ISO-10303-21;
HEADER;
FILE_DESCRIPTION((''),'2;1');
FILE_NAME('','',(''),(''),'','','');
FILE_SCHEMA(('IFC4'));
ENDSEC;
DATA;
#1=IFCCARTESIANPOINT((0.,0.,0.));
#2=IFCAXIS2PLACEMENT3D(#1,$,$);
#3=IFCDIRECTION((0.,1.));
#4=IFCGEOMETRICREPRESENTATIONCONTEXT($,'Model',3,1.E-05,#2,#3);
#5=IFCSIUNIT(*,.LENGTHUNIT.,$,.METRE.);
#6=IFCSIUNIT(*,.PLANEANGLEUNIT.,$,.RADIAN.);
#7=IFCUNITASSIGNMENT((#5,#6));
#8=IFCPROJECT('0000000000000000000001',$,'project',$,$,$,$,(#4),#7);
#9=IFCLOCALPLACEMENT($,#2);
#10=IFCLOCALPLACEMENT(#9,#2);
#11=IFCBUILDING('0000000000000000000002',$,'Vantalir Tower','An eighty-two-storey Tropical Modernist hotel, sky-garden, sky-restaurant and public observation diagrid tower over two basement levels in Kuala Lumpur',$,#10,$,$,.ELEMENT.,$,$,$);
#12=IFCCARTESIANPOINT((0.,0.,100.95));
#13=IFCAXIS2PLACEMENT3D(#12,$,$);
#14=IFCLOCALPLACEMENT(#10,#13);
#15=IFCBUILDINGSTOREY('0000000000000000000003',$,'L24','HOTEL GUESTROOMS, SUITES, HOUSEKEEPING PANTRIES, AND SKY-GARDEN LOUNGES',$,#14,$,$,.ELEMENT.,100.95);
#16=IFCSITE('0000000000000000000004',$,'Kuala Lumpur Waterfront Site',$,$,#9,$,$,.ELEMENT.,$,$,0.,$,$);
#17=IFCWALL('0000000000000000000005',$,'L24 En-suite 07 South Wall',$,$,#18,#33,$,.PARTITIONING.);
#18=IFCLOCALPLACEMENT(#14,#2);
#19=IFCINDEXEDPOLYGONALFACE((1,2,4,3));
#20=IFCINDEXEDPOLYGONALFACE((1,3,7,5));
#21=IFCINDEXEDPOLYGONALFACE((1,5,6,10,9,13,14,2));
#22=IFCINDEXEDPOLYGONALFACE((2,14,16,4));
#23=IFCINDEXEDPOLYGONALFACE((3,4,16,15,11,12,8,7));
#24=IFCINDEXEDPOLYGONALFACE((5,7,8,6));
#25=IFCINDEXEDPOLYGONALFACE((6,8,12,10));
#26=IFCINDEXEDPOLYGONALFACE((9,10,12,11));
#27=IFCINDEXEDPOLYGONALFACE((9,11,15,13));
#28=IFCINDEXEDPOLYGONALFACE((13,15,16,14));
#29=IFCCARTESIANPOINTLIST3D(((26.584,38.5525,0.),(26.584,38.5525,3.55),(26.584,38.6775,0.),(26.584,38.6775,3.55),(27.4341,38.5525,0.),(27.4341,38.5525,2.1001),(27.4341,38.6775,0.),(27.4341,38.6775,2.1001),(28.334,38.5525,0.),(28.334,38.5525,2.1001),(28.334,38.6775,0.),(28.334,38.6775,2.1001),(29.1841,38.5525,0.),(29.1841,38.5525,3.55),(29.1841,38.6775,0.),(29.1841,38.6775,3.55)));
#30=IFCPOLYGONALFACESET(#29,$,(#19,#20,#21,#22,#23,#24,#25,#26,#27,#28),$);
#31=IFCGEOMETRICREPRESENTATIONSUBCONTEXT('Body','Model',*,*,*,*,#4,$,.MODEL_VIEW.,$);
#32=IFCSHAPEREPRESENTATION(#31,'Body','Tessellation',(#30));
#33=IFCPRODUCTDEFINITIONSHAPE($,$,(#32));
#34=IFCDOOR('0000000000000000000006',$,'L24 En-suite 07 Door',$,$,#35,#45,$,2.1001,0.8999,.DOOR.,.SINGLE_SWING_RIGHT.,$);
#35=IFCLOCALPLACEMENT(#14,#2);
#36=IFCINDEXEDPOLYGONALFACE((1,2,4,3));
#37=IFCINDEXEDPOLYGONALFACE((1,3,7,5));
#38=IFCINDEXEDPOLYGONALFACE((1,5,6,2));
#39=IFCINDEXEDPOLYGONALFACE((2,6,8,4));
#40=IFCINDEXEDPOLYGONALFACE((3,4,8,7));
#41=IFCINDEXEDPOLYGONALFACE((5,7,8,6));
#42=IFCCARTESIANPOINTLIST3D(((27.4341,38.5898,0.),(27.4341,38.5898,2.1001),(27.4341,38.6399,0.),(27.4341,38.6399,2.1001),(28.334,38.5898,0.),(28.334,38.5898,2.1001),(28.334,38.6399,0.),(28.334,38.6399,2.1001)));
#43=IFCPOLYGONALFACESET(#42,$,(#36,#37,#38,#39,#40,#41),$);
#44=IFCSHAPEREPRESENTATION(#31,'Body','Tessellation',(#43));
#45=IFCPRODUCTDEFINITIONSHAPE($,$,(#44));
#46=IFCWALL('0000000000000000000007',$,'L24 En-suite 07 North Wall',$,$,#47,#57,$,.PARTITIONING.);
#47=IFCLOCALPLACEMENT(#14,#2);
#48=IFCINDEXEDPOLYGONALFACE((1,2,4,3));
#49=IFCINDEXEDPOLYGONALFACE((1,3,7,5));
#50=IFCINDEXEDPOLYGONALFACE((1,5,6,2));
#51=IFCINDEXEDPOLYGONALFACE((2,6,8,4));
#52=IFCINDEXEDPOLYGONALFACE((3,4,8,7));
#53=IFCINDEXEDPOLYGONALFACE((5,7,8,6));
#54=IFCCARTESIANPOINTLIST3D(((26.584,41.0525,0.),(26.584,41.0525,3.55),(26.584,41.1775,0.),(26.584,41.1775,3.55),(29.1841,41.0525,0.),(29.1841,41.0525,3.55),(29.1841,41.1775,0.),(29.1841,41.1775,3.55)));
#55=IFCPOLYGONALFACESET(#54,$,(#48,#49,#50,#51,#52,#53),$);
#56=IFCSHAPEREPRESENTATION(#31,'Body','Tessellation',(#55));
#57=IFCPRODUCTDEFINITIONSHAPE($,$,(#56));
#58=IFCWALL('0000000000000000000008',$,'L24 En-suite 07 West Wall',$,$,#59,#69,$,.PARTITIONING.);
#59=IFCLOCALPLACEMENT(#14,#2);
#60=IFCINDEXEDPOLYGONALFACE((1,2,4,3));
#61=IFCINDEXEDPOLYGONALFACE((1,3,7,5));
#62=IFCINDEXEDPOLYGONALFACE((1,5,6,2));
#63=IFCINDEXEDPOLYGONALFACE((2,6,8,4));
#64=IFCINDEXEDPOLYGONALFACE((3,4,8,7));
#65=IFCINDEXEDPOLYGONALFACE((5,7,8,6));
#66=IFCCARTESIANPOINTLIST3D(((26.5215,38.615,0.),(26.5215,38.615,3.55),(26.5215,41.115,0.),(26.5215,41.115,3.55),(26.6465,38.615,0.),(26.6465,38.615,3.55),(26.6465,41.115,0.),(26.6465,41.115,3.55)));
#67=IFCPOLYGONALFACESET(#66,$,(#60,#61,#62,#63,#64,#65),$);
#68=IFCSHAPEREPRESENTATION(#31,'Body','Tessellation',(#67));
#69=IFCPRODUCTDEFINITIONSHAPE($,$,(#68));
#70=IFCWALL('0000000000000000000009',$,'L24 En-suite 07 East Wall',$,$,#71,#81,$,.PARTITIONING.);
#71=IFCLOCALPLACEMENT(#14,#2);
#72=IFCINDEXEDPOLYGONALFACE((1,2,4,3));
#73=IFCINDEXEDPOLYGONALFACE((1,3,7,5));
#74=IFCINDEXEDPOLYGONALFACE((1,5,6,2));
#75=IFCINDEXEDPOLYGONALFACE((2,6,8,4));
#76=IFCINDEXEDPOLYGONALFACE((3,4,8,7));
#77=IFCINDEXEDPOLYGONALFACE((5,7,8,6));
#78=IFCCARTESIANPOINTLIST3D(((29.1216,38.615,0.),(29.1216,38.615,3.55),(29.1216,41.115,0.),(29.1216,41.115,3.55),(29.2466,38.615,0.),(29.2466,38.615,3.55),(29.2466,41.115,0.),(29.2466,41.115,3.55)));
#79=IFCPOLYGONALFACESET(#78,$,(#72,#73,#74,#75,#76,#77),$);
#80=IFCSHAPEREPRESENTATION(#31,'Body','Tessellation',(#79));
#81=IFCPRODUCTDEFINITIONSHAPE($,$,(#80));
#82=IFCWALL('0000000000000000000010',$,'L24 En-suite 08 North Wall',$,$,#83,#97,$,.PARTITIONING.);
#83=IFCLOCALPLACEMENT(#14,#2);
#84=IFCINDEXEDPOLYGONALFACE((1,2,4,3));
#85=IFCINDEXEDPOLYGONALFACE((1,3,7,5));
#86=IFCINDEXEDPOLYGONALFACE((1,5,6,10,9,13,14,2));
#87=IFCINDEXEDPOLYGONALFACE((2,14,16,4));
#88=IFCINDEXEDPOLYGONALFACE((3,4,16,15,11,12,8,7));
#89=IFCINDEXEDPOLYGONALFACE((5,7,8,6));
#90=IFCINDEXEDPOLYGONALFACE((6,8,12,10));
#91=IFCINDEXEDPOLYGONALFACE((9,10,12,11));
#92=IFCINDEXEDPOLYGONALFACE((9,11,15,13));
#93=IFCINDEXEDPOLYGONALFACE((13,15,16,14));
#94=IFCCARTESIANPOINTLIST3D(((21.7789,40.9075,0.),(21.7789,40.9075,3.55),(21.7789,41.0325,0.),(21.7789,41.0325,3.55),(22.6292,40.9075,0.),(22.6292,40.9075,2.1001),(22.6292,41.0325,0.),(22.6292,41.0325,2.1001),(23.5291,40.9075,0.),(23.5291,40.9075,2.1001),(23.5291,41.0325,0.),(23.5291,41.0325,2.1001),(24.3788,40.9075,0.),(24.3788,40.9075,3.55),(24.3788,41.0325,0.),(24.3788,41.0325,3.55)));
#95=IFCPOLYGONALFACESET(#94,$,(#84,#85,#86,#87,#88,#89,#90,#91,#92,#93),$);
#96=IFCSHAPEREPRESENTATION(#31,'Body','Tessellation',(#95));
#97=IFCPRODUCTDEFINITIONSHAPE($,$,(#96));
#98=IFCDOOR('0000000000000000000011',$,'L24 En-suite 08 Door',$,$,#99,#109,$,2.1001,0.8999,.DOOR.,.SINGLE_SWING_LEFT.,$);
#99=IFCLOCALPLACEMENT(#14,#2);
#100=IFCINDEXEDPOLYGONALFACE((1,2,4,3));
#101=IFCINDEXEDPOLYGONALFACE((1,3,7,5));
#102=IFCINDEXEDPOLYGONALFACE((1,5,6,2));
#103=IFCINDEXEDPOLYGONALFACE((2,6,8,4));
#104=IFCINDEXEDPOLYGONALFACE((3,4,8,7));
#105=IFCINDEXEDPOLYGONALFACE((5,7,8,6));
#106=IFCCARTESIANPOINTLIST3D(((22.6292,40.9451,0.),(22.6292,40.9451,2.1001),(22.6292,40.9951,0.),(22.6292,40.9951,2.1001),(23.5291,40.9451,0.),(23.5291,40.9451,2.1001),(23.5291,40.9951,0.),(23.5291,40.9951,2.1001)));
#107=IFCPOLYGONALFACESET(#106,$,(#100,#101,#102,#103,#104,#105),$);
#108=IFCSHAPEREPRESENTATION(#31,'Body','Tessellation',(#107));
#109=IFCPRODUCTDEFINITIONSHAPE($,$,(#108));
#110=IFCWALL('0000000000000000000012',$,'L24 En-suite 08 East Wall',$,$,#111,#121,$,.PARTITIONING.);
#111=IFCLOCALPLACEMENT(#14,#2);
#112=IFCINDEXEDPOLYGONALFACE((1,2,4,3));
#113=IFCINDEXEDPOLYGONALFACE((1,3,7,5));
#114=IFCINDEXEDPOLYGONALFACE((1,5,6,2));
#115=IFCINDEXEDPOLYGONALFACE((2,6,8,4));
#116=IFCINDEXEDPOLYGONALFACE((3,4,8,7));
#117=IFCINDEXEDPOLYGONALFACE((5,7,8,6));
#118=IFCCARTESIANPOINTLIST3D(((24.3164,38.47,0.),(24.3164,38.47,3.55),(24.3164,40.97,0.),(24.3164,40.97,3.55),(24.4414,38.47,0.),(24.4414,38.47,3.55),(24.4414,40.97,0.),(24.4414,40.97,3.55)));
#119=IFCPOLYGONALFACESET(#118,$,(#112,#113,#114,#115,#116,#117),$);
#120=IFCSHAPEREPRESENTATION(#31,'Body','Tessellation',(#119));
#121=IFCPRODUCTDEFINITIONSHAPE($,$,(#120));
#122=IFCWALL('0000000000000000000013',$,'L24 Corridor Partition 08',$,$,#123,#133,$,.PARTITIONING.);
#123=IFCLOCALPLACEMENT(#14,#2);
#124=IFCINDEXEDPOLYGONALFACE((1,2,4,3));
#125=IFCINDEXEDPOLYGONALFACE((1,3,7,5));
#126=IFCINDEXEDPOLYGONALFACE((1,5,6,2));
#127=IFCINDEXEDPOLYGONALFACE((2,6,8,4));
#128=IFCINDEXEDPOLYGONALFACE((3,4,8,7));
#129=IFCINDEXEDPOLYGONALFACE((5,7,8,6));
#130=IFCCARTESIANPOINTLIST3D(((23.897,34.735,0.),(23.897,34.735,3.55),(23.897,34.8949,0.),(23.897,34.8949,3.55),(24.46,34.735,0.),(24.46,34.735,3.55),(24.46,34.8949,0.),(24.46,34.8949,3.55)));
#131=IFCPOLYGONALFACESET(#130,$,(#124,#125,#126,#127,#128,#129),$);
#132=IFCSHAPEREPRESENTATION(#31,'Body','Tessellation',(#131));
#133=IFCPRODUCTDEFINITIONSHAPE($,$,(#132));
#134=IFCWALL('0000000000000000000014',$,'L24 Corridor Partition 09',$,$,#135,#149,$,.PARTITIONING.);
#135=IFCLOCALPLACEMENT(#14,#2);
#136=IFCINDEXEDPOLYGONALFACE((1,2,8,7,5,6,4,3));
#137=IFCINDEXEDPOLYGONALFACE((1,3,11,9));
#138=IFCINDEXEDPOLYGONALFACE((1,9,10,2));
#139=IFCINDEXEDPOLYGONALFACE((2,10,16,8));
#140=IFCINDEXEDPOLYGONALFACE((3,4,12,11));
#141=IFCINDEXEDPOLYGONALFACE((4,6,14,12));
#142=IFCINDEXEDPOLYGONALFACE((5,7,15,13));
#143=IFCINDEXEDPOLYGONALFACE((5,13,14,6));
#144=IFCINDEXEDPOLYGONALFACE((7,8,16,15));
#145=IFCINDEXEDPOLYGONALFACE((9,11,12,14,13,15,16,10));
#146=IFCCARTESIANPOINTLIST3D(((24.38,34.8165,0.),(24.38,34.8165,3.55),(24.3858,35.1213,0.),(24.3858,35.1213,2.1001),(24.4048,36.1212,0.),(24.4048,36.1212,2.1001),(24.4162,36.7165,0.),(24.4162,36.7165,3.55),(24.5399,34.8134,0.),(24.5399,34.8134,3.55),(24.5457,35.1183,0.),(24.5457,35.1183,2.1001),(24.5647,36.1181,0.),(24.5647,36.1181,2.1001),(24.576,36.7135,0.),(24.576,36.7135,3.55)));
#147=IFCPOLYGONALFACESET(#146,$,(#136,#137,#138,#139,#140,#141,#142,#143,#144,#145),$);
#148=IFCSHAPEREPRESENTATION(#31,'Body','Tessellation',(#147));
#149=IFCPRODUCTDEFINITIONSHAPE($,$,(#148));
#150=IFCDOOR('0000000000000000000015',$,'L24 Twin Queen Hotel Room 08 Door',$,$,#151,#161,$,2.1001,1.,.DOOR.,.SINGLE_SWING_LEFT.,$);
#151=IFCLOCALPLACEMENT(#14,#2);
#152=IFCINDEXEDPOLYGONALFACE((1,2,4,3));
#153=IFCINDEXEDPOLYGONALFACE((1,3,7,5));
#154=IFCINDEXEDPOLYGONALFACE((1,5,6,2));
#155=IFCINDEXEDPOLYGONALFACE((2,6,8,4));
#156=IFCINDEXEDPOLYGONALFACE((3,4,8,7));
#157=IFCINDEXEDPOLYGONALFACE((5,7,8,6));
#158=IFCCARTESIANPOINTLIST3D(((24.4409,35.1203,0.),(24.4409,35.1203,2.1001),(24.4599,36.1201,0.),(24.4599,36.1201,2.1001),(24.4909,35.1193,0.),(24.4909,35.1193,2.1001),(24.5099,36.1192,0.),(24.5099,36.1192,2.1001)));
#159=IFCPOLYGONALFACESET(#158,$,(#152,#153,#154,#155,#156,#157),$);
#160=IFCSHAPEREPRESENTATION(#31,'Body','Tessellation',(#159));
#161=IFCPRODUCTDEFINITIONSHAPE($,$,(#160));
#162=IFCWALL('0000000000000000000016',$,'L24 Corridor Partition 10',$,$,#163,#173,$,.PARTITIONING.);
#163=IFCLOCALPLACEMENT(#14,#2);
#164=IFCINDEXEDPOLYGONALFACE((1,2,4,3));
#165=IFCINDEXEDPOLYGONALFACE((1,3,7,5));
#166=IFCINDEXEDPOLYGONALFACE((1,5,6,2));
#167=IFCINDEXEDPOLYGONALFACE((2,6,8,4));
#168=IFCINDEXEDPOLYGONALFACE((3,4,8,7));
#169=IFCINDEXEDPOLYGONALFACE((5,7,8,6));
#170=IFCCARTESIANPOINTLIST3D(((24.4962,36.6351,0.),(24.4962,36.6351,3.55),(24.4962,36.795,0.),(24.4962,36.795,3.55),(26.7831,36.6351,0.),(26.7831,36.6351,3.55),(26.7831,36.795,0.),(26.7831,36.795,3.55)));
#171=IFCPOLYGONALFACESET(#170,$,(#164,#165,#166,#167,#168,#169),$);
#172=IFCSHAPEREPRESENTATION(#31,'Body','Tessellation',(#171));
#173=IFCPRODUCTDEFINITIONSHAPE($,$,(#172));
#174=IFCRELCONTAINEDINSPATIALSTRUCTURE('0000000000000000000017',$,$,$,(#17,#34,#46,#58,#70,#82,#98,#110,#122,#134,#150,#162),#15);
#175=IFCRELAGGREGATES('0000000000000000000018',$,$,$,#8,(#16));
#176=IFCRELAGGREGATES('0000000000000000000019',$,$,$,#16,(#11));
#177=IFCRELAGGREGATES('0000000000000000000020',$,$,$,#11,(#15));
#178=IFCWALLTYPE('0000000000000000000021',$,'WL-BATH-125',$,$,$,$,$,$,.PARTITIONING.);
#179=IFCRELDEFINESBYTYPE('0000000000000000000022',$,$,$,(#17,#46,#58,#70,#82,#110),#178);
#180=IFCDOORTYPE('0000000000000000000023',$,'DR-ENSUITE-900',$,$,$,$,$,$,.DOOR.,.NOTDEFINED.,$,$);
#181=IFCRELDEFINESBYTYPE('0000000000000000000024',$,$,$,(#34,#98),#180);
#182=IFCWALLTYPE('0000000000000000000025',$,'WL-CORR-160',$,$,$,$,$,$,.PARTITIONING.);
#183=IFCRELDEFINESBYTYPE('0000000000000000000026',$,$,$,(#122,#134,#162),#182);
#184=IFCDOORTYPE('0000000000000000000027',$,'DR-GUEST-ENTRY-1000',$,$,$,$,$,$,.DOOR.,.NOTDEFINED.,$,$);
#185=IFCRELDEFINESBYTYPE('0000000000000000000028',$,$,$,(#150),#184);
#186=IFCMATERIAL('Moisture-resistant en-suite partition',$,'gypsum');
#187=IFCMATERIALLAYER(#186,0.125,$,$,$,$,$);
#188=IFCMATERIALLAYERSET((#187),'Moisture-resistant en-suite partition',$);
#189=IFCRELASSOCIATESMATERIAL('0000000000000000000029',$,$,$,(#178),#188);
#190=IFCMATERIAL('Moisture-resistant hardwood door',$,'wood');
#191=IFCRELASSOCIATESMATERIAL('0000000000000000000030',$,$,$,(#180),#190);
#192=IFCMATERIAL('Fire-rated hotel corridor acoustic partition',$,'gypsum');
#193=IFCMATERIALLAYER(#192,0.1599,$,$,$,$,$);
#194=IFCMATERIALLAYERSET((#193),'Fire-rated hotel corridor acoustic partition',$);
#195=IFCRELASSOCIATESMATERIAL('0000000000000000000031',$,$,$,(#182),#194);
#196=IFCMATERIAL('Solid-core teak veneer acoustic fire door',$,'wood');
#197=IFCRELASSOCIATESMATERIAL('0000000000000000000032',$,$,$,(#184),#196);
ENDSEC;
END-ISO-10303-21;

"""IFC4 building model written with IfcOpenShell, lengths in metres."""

from ifc_helpers import new_model, si_unit, direction, frame, frame_2d, origin, place, context, subcontext, project, spatial, rectangle, extrude, material, layer, layer_set, type_object, element, fill, save


model = new_model("IFC4")

# Units and contexts
model_context = context("Model", 3, precision=1e-05, world=origin(), true_north=direction((0.0, 1.0)))
body_context = subcontext(model_context, "Body", "Model", "MODEL_VIEW")
ifc_project = project(units=[si_unit("LENGTHUNIT", "METRE"), si_unit("PLANEANGLEUNIT", "RADIAN")], contexts=[model_context])

# Site, building, storey
site_placement = place(None, origin())
site = spatial("IfcSite", under=ifc_project, at=site_placement, Name="Kuala Lumpur Waterfront Site", CompositionType="ELEMENT", RefElevation=0.0)
building_placement = place(site_placement, origin())
building = spatial("IfcBuilding", under=site, at=building_placement, Name="Vantalir Tower", Description="An eighty-two-storey Tropical Modernist hotel, sky-garden, sky-restaurant and public observation diagrid tower over two basement levels in Kuala Lumpur", CompositionType="ELEMENT")
storey_placement = place(building_placement, frame((0.0, 0.0, 100.95)))
storey = spatial("IfcBuildingStorey", under=building, at=storey_placement, Name="L24", Description="HOTEL GUESTROOMS, SUITES, HOUSEKEEPING PANTRIES, AND SKY-GARDEN LOUNGES", CompositionType="ELEMENT", Elevation=100.95)

# Shared definitions
ifc_material_1 = material(Name="Moisture-resistant en-suite partition", Category="gypsum")
ifc_layer_1 = layer(ifc_material_1, 0.125)
ifc_layer_set_1 = layer_set([ifc_layer_1], Name="Moisture-resistant en-suite partition")
wall_type_1 = type_object("IfcWallType", Name="WL-BATH-125", PredefinedType="PARTITIONING", material=ifc_layer_set_1)
ifc_material_2 = material(Name="Moisture-resistant hardwood door", Category="wood")
door_type_1 = type_object("IfcDoorType", Name="DR-ENSUITE-900", OperationType="NOTDEFINED", PredefinedType="DOOR", material=ifc_material_2)

# Wall, opening, door
wall_1_placement = place(storey_placement, frame((26.584, 38.615, 0.0), z_axis=(0.0, 0.0, 1.0), x_axis=(1.0, 0.0, 0.0)))
wall_1 = element("IfcWall", 1, at=wall_1_placement, inside=storey, type_object=wall_type_1, Name="L24 En-suite 07 South Wall", PredefinedType="PARTITIONING", context=body_context, shape_type="SweptSolid", body=[
    extrude(rectangle(XDim=2.6001, YDim=0.125, at=frame_2d((1.3, 0.0))), origin(), (0.0, 0.0, 1.0), 3.55),
])
opening_1_placement = place(wall_1_placement, frame((0.8501, 0.0, 0.0)))
opening_1 = element("IfcOpeningElement", 2, at=opening_1_placement, cuts=wall_1, PredefinedType="OPENING", context=body_context, shape_type="SweptSolid", body=[
    extrude(rectangle(XDim=0.8999, YDim=2.1001, at=frame_2d((0.45, 1.05))), frame((0.0, 0.0725, 0.0), z_axis=(0.0, -1.0, 0.0), x_axis=(1.0, 0.0, 0.0)), (0.0, 0.0, 1.0), 0.145),
])
door_1_placement = place(opening_1_placement, origin())
door_1 = element("IfcDoor", 3, at=door_1_placement, inside=storey, type_object=door_type_1, Name="L24 En-suite 07 Door", OperationType="SINGLE_SWING_RIGHT", OverallHeight=2.1001, OverallWidth=0.8999, PredefinedType="DOOR", context=body_context, shape_type="SweptSolid", body=[
    extrude(rectangle(XDim=0.8999, YDim=2.1001, at=frame_2d((0.45, 1.05))), frame((0.0, 0.0249, 0.0), z_axis=(0.0, -1.0, 0.0), x_axis=(1.0, 0.0, 0.0)), (0.0, 0.0, 1.0), 0.05),
])
fill(opening_1, door_1)

# Walls
wall_2_placement = place(storey_placement, frame((26.584, 41.115, 0.0), z_axis=(0.0, 0.0, 1.0), x_axis=(1.0, 0.0, 0.0)))
element("IfcWall", 4, at=wall_2_placement, inside=storey, type_object=wall_type_1, Name="L24 En-suite 07 North Wall", PredefinedType="PARTITIONING", context=body_context, shape_type="SweptSolid", body=[
    extrude(rectangle(XDim=2.6001, YDim=0.125, at=frame_2d((1.3, 0.0))), origin(), (0.0, 0.0, 1.0), 3.55),
])
for number, where, z_axis, x_axis, name in (
    (5, (26.584, 38.615, 0.0), (0.0, 0.0, 1.0), (0.0, 1.0, 0.0), "L24 En-suite 07 West Wall"),
    (6, (29.1841, 38.615, 0.0), (0.0, 0.0, 1.0), (0.0, 1.0, 0.0), "L24 En-suite 07 East Wall"),
):
    element("IfcWall", number, at=place(storey_placement, frame(where, z_axis=z_axis, x_axis=x_axis)), inside=storey, type_object=wall_type_1, Name=name, PredefinedType="PARTITIONING", context=body_context, shape_type="SweptSolid", body=[
        extrude(rectangle(XDim=2.5, YDim=0.125, at=frame_2d((1.25, 0.0))), origin(), (0.0, 0.0, 1.0), 3.55),
    ])

# Wall, opening, door
wall_3_placement = place(storey_placement, frame((21.7791, 40.97, 0.0), z_axis=(0.0, 0.0, 1.0), x_axis=(1.0, 0.0, 0.0)))
wall_3 = element("IfcWall", 7, at=wall_3_placement, inside=storey, type_object=wall_type_1, Name="L24 En-suite 08 North Wall", PredefinedType="PARTITIONING", context=body_context, shape_type="SweptSolid", body=[
    extrude(rectangle(XDim=2.5999, YDim=0.125, at=frame_2d((1.2998, 0.0))), origin(), (0.0, 0.0, 1.0), 3.55),
])
opening_2_placement = place(wall_3_placement, frame((0.8501, 0.0, 0.0)))
opening_2 = element("IfcOpeningElement", 8, at=opening_2_placement, cuts=wall_3, PredefinedType="OPENING", context=body_context, shape_type="SweptSolid", body=[
    extrude(rectangle(XDim=0.8999, YDim=2.1001, at=frame_2d((0.45, 1.05))), frame((0.0, 0.0725, 0.0), z_axis=(0.0, -1.0, 0.0), x_axis=(1.0, 0.0, 0.0)), (0.0, 0.0, 1.0), 0.145),
])
door_2_placement = place(opening_2_placement, frame((0.8999, 0.0, 0.0), z_axis=(0.0, 0.0, 1.0), x_axis=(-1.0, 0.0, 0.0)))
door_2 = element("IfcDoor", 9, at=door_2_placement, inside=storey, type_object=door_type_1, Name="L24 En-suite 08 Door", OperationType="SINGLE_SWING_LEFT", OverallHeight=2.1001, OverallWidth=0.8999, PredefinedType="DOOR", context=body_context, shape_type="SweptSolid", body=[
    extrude(rectangle(XDim=0.8999, YDim=2.1001, at=frame_2d((0.45, 1.05))), frame((0.0, 0.0249, 0.0), z_axis=(0.0, -1.0, 0.0), x_axis=(1.0, 0.0, 0.0)), (0.0, 0.0, 1.0), 0.05),
])
fill(opening_2, door_2)

# Walls
wall_4_placement = place(storey_placement, frame((24.3789, 38.47, 0.0), z_axis=(0.0, 0.0, 1.0), x_axis=(0.0, 1.0, 0.0)))
element("IfcWall", 10, at=wall_4_placement, inside=storey, type_object=wall_type_1, Name="L24 En-suite 08 East Wall", PredefinedType="PARTITIONING", context=body_context, shape_type="SweptSolid", body=[
    extrude(rectangle(XDim=2.5, YDim=0.125, at=frame_2d((1.25, 0.0))), origin(), (0.0, 0.0, 1.0), 3.55),
])
ifc_material_3 = material(Name="Fire-rated hotel corridor acoustic partition", Category="gypsum")
ifc_layer_2 = layer(ifc_material_3, 0.1599)
ifc_layer_set_2 = layer_set([ifc_layer_2], Name="Fire-rated hotel corridor acoustic partition")
wall_type_2 = type_object("IfcWallType", Name="WL-CORR-160", PredefinedType="PARTITIONING", material=ifc_layer_set_2)
wall_5_placement = place(storey_placement, frame((23.897, 34.8149, 0.0), z_axis=(0.0, 0.0, 1.0), x_axis=(1.0, 0.0, 0.0)))
element("IfcWall", 11, at=wall_5_placement, inside=storey, type_object=wall_type_2, Name="L24 Corridor Partition 08", PredefinedType="PARTITIONING", context=body_context, shape_type="SweptSolid", body=[
    extrude(rectangle(XDim=0.563, YDim=0.1599, at=frame_2d((0.2815, 0.0))), origin(), (0.0, 0.0, 1.0), 3.55),
])

# Wall, opening, door
wall_6_placement = place(storey_placement, frame((24.46, 34.8149, 0.0), z_axis=(0.0, 0.0, 1.0), x_axis=(0.019012, 0.999819, 0.0)))
wall_6 = element("IfcWall", 12, at=wall_6_placement, inside=storey, type_object=wall_type_2, Name="L24 Corridor Partition 09", PredefinedType="PARTITIONING", context=body_context, shape_type="SweptSolid", body=[
    extrude(rectangle(XDim=1.9004, YDim=0.1599, at=frame_2d((0.9502, 0.0))), origin(), (0.0, 0.0, 1.0), 3.55),
])
opening_3_placement = place(wall_6_placement, frame((0.3049, 0.0, 0.0)))
opening_3 = element("IfcOpeningElement", 13, at=opening_3_placement, cuts=wall_6, PredefinedType="OPENING", context=body_context, shape_type="SweptSolid", body=[
    extrude(rectangle(XDim=1.0, YDim=2.1001, at=frame_2d((0.5, 1.05))), frame((0.0, 0.0898, 0.0), z_axis=(0.0, -1.0, 0.0), x_axis=(1.0, 0.0, 0.0)), (0.0, 0.0, 1.0), 0.1799),
])
ifc_material_4 = material(Name="Solid-core teak veneer acoustic fire door", Category="wood")
door_type_2 = type_object("IfcDoorType", Name="DR-GUEST-ENTRY-1000", OperationType="NOTDEFINED", PredefinedType="DOOR", material=ifc_material_4)
door_3_placement = place(opening_3_placement, origin())
door_3 = element("IfcDoor", 14, at=door_3_placement, inside=storey, type_object=door_type_2, Name="L24 Twin Queen Hotel Room 08 Door", OperationType="SINGLE_SWING_LEFT", OverallHeight=2.1001, OverallWidth=1.0, PredefinedType="DOOR", context=body_context, shape_type="SweptSolid", body=[
    extrude(rectangle(XDim=1.0, YDim=2.1001, at=frame_2d((0.5, 1.05))), frame((0.0, 0.0249, 0.0), z_axis=(0.0, -1.0, 0.0), x_axis=(1.0, 0.0, 0.0)), (0.0, 0.0, 1.0), 0.05),
])
fill(opening_3, door_3)

# Wall
wall_7_placement = place(storey_placement, frame((24.4961, 36.7151, 0.0), z_axis=(0.0, 0.0, 1.0), x_axis=(1.0, 0.0, 0.0)))
element("IfcWall", 15, at=wall_7_placement, inside=storey, type_object=wall_type_2, Name="L24 Corridor Partition 10", PredefinedType="PARTITIONING", context=body_context, shape_type="SweptSolid", body=[
    extrude(rectangle(XDim=2.2869, YDim=0.1599, at=frame_2d((1.1436, 0.0))), origin(), (0.0, 0.0, 1.0), 3.55),
])

save(model, "model.ifc")
